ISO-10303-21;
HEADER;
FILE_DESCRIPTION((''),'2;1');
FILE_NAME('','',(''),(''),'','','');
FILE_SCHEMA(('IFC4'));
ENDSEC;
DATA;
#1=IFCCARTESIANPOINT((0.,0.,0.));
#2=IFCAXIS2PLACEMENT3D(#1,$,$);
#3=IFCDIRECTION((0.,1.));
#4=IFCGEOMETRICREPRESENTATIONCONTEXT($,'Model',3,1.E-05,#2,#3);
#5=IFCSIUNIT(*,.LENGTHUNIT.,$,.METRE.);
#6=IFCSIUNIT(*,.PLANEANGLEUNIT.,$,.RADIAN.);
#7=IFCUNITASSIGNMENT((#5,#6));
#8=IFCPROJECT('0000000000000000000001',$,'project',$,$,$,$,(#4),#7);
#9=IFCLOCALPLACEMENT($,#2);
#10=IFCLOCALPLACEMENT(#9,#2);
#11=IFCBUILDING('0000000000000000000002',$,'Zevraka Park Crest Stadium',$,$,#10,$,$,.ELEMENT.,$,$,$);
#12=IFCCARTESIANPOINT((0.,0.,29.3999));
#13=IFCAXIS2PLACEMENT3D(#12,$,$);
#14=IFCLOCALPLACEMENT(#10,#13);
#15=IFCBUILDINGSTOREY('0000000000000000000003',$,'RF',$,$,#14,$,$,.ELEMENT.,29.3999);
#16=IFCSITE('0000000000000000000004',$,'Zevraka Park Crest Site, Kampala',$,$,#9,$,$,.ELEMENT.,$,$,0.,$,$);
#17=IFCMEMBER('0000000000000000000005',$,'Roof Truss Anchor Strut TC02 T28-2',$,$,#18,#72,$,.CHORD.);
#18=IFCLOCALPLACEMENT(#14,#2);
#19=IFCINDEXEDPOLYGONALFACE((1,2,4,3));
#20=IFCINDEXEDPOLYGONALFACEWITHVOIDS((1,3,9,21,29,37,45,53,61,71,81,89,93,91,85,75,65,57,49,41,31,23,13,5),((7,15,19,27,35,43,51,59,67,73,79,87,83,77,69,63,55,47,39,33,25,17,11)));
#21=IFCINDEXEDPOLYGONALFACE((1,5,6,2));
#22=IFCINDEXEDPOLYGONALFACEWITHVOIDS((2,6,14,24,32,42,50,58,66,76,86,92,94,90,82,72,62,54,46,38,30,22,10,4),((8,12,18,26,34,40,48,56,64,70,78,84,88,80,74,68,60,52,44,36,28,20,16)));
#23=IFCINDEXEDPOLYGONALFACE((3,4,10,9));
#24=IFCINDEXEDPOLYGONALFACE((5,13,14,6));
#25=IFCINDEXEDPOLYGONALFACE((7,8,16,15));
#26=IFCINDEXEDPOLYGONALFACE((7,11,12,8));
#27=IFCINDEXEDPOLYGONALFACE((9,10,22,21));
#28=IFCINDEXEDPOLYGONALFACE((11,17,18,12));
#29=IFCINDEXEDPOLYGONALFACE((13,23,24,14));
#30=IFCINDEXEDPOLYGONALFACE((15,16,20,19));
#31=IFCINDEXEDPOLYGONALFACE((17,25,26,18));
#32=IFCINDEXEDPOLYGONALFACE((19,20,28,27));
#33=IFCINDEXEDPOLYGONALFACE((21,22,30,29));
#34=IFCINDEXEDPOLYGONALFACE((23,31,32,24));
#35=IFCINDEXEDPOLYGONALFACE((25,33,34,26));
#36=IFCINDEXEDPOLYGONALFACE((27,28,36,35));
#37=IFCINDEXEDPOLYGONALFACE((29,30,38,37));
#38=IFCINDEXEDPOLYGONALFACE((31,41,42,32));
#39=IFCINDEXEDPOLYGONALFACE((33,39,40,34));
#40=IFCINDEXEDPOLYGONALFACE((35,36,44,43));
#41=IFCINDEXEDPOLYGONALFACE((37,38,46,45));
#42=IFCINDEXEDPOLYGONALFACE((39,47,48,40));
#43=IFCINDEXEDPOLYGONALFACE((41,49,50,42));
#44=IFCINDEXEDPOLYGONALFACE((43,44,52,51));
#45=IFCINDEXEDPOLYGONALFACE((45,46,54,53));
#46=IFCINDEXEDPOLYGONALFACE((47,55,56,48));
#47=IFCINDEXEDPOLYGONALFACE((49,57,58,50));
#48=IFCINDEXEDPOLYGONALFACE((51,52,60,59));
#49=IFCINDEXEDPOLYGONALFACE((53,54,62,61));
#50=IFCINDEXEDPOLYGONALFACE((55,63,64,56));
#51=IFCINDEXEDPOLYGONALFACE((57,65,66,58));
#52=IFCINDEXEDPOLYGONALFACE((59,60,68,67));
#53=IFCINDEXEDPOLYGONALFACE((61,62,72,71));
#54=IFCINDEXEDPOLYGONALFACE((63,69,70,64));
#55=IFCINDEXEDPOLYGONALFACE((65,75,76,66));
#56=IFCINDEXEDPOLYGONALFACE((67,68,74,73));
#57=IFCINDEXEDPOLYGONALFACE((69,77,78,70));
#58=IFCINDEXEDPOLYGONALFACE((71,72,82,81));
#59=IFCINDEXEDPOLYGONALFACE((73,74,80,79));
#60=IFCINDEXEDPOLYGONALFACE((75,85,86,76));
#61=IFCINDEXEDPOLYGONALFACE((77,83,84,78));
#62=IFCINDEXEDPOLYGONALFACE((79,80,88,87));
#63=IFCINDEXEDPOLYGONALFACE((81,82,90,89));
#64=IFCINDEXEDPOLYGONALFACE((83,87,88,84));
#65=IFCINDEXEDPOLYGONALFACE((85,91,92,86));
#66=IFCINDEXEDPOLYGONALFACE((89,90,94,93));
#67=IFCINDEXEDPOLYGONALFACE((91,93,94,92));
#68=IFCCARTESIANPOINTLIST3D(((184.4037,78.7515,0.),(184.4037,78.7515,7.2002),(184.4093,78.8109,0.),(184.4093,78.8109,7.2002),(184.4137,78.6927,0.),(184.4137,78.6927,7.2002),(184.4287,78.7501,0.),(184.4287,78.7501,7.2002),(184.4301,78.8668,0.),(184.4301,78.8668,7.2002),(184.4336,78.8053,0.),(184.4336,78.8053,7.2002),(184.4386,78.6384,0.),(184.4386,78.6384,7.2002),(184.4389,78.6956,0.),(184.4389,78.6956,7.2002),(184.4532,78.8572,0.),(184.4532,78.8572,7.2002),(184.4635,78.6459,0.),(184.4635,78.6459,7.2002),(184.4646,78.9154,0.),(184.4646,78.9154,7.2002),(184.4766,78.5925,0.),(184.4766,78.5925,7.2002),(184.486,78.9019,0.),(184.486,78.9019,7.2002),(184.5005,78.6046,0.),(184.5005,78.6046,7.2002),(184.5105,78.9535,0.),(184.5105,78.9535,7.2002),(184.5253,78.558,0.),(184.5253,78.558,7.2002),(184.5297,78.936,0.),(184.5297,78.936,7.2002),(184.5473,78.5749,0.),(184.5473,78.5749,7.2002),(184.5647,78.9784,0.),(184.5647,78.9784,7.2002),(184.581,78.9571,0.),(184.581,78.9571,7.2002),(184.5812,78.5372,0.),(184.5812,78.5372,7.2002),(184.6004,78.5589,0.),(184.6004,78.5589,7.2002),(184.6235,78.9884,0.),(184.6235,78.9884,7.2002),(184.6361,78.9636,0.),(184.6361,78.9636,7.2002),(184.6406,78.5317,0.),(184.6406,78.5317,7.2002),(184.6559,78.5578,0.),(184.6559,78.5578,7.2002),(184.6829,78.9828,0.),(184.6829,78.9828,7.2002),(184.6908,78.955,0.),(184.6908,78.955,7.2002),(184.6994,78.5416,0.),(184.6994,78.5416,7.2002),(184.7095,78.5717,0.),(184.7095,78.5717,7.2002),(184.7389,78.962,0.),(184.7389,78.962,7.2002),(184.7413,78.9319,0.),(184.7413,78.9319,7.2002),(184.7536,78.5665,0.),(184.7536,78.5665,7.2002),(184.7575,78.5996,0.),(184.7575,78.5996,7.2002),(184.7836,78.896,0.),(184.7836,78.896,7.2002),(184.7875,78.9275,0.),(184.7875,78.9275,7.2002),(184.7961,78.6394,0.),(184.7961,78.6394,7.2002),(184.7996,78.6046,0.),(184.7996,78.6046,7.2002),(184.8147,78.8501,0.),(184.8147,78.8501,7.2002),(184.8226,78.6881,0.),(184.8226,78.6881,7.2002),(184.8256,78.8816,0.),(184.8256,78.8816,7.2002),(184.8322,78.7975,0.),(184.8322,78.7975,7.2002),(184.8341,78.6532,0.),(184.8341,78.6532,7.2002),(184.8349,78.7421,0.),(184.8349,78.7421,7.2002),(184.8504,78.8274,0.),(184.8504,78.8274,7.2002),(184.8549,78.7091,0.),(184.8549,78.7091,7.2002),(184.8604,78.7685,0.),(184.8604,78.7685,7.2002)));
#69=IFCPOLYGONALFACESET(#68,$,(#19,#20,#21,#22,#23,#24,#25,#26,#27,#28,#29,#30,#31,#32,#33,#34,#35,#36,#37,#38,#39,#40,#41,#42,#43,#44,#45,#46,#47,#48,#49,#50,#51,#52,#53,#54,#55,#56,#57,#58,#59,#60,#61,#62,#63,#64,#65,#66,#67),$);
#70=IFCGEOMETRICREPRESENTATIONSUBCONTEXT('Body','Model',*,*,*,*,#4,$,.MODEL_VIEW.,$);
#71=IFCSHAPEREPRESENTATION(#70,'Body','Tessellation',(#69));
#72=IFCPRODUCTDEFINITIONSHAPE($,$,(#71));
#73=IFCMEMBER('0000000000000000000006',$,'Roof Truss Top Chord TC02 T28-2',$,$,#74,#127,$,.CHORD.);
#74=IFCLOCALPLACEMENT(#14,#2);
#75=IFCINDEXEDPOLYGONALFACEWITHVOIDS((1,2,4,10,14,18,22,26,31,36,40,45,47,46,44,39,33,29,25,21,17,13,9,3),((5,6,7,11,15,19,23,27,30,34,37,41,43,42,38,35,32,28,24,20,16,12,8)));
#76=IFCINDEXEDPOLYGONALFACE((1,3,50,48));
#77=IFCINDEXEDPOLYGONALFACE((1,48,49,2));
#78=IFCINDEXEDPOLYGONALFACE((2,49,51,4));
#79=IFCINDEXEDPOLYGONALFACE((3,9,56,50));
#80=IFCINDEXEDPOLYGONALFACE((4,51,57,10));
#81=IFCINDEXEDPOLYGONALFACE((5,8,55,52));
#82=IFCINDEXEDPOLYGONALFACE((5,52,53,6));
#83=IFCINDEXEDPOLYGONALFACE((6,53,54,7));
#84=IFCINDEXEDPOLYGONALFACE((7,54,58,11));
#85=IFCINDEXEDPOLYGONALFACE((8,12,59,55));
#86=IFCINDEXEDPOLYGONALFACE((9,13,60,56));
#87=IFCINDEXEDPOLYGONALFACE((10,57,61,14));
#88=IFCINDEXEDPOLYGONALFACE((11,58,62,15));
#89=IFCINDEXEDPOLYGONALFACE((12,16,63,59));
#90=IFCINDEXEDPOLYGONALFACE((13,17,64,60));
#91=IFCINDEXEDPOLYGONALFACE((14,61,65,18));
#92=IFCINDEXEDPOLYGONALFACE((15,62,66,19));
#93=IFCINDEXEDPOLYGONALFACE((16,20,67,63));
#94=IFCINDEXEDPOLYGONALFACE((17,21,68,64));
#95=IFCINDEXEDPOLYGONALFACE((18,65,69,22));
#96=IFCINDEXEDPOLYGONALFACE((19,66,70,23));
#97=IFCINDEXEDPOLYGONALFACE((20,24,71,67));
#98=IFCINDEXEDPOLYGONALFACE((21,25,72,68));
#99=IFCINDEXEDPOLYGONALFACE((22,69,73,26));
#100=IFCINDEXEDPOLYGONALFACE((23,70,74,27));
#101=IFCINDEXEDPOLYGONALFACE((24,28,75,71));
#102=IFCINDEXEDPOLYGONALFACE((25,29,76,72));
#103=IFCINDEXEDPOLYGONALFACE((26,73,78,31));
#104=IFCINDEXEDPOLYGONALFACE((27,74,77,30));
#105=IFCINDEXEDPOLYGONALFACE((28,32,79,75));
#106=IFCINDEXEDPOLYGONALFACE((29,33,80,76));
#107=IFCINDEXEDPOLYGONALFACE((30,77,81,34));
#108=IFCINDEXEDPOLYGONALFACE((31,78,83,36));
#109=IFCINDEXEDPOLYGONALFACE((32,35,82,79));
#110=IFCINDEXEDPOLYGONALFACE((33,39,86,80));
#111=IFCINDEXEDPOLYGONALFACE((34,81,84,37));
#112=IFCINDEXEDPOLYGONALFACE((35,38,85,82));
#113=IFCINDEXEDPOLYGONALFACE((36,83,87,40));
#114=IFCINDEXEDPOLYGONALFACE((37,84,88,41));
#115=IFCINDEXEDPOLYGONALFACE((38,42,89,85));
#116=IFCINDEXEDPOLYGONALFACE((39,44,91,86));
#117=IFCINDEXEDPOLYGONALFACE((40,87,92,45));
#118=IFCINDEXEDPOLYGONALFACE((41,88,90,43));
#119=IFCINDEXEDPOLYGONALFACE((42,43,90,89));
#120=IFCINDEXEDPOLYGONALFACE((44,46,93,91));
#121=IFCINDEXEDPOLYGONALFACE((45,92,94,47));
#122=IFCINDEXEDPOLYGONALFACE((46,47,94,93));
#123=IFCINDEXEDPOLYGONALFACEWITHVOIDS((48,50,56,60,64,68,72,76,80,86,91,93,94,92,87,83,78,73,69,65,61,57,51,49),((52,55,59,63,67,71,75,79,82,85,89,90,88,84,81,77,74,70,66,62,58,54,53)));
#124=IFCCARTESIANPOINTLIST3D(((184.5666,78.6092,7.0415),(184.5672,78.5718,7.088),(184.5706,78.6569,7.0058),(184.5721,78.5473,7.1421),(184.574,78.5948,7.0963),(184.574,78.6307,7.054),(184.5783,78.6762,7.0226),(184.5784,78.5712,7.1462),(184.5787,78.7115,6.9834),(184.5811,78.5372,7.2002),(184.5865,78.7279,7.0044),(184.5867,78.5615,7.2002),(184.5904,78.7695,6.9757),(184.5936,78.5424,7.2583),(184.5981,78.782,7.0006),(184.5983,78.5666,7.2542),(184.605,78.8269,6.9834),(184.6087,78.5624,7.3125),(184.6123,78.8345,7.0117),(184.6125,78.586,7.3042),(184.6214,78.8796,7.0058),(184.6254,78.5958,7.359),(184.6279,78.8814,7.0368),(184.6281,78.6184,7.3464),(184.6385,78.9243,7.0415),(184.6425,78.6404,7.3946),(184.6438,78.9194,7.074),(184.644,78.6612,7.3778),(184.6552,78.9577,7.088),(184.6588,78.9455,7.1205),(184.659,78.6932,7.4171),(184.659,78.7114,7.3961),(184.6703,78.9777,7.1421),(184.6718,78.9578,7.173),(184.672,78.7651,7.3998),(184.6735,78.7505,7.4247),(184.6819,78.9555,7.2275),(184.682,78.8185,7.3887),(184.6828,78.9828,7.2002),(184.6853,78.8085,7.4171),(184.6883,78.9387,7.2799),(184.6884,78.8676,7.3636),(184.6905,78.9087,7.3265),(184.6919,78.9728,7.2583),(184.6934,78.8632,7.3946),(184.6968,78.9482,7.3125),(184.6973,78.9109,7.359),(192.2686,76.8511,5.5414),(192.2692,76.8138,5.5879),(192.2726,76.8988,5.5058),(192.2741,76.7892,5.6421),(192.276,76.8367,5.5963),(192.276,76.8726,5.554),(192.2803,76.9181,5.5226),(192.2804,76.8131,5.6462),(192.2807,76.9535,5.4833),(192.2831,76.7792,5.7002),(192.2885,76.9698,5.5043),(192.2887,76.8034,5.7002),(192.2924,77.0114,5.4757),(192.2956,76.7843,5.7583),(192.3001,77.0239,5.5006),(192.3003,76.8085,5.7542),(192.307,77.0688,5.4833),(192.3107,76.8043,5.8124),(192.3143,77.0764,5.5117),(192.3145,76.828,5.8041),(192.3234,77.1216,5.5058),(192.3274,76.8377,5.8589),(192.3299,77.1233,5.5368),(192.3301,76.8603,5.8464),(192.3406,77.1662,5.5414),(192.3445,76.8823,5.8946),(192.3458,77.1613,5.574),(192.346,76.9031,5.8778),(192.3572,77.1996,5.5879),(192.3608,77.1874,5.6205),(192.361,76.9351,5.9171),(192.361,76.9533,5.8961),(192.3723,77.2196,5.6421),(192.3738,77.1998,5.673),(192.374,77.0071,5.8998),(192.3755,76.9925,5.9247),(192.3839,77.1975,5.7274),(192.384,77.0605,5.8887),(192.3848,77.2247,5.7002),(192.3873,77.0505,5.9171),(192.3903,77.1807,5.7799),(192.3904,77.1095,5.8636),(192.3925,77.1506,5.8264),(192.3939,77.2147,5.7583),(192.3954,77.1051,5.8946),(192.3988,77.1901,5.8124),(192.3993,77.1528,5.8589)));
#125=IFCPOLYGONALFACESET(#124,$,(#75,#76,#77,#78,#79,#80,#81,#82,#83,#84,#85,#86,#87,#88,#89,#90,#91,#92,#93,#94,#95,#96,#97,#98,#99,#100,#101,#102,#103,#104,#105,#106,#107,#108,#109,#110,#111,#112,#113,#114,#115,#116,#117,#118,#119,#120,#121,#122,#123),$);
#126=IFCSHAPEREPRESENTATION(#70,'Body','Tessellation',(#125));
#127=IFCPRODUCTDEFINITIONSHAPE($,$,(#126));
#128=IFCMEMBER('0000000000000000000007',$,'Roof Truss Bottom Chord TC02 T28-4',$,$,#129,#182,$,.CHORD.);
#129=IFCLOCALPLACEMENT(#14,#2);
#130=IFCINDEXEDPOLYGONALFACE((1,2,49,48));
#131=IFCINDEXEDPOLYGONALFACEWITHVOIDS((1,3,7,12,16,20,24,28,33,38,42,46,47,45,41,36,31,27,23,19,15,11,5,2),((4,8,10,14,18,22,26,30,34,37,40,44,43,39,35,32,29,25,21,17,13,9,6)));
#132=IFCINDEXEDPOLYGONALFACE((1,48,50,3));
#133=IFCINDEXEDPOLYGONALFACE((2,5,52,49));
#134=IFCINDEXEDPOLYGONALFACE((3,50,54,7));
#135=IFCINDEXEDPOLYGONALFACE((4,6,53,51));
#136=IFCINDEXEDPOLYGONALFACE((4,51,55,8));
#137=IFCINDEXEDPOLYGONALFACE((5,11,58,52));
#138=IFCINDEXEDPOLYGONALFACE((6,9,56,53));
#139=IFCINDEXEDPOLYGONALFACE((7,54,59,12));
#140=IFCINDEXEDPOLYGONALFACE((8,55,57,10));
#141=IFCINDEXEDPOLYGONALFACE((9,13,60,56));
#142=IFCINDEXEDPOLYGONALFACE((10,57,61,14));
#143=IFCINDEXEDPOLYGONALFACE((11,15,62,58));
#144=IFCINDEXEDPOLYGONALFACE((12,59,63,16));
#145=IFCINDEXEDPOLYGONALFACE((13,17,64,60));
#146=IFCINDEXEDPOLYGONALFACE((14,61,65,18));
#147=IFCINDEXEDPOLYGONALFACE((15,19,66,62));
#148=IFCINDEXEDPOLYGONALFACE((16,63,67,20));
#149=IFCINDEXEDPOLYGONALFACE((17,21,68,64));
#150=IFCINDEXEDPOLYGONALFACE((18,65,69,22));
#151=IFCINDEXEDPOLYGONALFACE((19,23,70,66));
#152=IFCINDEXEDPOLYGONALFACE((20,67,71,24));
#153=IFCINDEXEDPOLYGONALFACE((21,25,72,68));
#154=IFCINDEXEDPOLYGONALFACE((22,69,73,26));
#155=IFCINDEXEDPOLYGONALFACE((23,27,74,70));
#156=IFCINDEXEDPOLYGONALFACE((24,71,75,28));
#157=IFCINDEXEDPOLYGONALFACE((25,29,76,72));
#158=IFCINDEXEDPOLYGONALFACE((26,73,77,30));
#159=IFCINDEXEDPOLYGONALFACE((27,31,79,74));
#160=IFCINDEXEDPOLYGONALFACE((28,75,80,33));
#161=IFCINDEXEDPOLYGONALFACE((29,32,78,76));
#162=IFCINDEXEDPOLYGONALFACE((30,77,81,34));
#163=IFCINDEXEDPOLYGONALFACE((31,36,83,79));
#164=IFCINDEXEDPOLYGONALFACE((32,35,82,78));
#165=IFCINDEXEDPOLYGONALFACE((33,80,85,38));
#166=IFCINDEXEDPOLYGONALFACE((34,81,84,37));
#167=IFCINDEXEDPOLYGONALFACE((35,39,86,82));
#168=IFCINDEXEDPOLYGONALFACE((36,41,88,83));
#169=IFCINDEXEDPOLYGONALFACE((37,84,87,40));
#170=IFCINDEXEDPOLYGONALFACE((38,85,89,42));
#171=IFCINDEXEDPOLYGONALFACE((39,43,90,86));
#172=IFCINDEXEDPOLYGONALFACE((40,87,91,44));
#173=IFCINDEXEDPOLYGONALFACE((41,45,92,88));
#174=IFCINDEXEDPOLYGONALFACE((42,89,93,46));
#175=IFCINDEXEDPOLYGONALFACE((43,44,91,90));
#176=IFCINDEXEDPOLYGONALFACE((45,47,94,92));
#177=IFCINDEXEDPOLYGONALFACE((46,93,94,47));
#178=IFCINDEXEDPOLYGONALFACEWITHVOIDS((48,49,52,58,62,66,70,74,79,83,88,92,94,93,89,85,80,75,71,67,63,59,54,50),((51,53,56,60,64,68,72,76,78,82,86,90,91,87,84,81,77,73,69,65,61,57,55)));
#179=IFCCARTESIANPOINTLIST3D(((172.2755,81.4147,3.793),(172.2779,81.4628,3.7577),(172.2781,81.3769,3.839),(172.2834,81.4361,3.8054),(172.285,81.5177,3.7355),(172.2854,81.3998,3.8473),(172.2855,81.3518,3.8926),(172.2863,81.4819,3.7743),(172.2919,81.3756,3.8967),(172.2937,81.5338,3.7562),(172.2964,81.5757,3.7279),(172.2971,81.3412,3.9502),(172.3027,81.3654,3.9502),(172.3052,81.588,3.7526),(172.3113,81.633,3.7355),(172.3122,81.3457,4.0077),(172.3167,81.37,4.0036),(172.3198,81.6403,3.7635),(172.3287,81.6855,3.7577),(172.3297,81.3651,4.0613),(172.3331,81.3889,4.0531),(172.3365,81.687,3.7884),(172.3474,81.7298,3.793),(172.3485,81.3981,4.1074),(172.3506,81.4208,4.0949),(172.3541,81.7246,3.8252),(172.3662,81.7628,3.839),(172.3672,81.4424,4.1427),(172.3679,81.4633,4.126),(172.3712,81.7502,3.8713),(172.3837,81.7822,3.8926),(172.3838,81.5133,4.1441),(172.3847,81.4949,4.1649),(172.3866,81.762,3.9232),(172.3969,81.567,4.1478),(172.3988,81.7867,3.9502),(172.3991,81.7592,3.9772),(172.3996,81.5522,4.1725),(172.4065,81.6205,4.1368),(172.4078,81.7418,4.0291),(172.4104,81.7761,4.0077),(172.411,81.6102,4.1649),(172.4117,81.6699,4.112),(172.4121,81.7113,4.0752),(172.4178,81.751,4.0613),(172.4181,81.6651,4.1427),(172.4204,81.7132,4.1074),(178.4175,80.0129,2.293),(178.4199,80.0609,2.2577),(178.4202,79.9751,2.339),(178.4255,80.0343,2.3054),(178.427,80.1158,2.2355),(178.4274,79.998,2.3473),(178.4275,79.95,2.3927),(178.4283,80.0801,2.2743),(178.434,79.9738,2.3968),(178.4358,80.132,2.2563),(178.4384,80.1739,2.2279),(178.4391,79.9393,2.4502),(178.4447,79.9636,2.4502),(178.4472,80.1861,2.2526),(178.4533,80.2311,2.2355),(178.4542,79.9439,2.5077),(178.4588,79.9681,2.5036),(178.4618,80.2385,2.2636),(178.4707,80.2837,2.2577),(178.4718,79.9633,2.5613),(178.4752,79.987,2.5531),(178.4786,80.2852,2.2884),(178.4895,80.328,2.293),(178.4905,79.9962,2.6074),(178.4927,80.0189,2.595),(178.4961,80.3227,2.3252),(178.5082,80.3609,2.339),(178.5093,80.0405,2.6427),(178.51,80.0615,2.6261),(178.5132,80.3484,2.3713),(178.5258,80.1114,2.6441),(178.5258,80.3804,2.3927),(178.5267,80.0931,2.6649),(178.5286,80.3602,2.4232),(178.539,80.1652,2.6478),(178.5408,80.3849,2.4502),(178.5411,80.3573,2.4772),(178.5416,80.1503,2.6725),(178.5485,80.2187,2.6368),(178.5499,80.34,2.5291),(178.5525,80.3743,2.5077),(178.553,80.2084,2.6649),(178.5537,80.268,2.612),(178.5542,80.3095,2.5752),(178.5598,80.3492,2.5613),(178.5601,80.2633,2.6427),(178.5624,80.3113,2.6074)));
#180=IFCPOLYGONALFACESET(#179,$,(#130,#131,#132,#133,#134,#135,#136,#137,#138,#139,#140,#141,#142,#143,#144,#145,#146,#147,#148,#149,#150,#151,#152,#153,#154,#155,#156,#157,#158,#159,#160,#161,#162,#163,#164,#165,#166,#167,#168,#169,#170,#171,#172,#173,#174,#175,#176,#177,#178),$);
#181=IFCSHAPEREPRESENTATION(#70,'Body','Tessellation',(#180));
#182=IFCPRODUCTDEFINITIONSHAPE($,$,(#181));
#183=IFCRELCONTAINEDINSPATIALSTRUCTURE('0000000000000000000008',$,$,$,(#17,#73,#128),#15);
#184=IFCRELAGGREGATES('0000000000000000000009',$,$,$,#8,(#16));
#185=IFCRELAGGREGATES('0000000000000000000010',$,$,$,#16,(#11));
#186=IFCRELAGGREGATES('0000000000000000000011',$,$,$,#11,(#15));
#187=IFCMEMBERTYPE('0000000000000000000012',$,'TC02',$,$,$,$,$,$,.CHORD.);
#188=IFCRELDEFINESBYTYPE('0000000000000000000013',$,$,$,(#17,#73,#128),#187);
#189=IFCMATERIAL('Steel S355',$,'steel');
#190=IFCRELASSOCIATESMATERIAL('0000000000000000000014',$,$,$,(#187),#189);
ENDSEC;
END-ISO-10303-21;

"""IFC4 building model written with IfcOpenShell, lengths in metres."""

from ifc_helpers import new_model, si_unit, direction, frame, origin, origin_2d, place, context, subcontext, project, spatial, hollow_circle, extrude, material, material_profile, profile_set, type_object, element, save


model = new_model("IFC4")

# Units and contexts
model_context = context("Model", 3, precision=1e-05, world=origin(), true_north=direction((0.0, 1.0)))
body_context = subcontext(model_context, "Body", "Model", "MODEL_VIEW")
ifc_project = project(units=[si_unit("LENGTHUNIT", "METRE"), si_unit("PLANEANGLEUNIT", "RADIAN")], contexts=[model_context])

# Site, building, storey
site_placement = place(None, origin())
site = spatial("IfcSite", under=ifc_project, at=site_placement, Name="Zevraka Park Crest Site, Kampala", CompositionType="ELEMENT", RefElevation=0.0)
building_placement = place(site_placement, origin())
building = spatial("IfcBuilding", under=site, at=building_placement, Name="Zevraka Park Crest Stadium", CompositionType="ELEMENT")
storey_placement = place(building_placement, frame((0.0, 0.0, 29.3999)))
storey = spatial("IfcBuildingStorey", under=building, at=storey_placement, Name="RF", CompositionType="ELEMENT", Elevation=29.3999)

# Members
ifc_material_1 = material(Name="Steel S355", Category="steel")
ifc_material_profile_1 = material_profile(ifc_material_1, hollow_circle(Radius=0.2285, WallThickness=0.0249, at=origin_2d()), Name="CHS 457.0x25")
ifc_profile_set_1 = profile_set([ifc_material_profile_1], Name="Steel S355")
member_type_1 = type_object("IfcMemberType", Name="TC02", PredefinedType="CHORD", material=ifc_profile_set_1)
member_1_placement = place(storey_placement, frame((184.6321, 78.76, 0.0), z_axis=(0.0, 0.0, 1.0), x_axis=(-0.974917, 0.22257, 0.0)))
element("IfcMember", 1, at=member_1_placement, inside=storey, type_object=member_type_1, Name="Roof Truss Anchor Strut TC02 T28-2", PredefinedType="CHORD", context=body_context, shape_type="SweptSolid", body=[
    extrude(hollow_circle(Radius=0.2285, WallThickness=0.0249, at=origin_2d()), origin(), (0.0, 0.0, 1.0), 7.2002),
])
member_2_placement = place(storey_placement, frame((192.334, 77.002, 5.7002), z_axis=(-0.957811, 0.218632, 0.18654), x_axis=(-0.222539, -0.974924, 0.0)))
element("IfcMember", 2, at=member_2_placement, inside=storey, type_object=member_type_1, Name="Roof Truss Top Chord TC02 T28-2", PredefinedType="CHORD", context=body_context, shape_type="SweptSolid", body=[
    extrude(hollow_circle(Radius=0.2285, WallThickness=0.0249, at=origin_2d()), origin(), (0.0, 0.0, 1.0), 8.0413),
])
member_3_placement = place(storey_placement, frame((178.49, 80.1621, 2.4502), z_axis=(-0.948417, 0.216464, 0.231619), x_axis=(-0.222515, -0.974929, 0.0)))
element("IfcMember", 3, at=member_3_placement, inside=storey, type_object=member_type_1, Name="Roof Truss Bottom Chord TC02 T28-4", PredefinedType="CHORD", context=body_context, shape_type="SweptSolid", body=[
    extrude(hollow_circle(Radius=0.2285, WallThickness=0.0249, at=origin_2d()), origin(), (0.0, 0.0, 1.0), 6.4761),
])

save(model, "model.ifc")
